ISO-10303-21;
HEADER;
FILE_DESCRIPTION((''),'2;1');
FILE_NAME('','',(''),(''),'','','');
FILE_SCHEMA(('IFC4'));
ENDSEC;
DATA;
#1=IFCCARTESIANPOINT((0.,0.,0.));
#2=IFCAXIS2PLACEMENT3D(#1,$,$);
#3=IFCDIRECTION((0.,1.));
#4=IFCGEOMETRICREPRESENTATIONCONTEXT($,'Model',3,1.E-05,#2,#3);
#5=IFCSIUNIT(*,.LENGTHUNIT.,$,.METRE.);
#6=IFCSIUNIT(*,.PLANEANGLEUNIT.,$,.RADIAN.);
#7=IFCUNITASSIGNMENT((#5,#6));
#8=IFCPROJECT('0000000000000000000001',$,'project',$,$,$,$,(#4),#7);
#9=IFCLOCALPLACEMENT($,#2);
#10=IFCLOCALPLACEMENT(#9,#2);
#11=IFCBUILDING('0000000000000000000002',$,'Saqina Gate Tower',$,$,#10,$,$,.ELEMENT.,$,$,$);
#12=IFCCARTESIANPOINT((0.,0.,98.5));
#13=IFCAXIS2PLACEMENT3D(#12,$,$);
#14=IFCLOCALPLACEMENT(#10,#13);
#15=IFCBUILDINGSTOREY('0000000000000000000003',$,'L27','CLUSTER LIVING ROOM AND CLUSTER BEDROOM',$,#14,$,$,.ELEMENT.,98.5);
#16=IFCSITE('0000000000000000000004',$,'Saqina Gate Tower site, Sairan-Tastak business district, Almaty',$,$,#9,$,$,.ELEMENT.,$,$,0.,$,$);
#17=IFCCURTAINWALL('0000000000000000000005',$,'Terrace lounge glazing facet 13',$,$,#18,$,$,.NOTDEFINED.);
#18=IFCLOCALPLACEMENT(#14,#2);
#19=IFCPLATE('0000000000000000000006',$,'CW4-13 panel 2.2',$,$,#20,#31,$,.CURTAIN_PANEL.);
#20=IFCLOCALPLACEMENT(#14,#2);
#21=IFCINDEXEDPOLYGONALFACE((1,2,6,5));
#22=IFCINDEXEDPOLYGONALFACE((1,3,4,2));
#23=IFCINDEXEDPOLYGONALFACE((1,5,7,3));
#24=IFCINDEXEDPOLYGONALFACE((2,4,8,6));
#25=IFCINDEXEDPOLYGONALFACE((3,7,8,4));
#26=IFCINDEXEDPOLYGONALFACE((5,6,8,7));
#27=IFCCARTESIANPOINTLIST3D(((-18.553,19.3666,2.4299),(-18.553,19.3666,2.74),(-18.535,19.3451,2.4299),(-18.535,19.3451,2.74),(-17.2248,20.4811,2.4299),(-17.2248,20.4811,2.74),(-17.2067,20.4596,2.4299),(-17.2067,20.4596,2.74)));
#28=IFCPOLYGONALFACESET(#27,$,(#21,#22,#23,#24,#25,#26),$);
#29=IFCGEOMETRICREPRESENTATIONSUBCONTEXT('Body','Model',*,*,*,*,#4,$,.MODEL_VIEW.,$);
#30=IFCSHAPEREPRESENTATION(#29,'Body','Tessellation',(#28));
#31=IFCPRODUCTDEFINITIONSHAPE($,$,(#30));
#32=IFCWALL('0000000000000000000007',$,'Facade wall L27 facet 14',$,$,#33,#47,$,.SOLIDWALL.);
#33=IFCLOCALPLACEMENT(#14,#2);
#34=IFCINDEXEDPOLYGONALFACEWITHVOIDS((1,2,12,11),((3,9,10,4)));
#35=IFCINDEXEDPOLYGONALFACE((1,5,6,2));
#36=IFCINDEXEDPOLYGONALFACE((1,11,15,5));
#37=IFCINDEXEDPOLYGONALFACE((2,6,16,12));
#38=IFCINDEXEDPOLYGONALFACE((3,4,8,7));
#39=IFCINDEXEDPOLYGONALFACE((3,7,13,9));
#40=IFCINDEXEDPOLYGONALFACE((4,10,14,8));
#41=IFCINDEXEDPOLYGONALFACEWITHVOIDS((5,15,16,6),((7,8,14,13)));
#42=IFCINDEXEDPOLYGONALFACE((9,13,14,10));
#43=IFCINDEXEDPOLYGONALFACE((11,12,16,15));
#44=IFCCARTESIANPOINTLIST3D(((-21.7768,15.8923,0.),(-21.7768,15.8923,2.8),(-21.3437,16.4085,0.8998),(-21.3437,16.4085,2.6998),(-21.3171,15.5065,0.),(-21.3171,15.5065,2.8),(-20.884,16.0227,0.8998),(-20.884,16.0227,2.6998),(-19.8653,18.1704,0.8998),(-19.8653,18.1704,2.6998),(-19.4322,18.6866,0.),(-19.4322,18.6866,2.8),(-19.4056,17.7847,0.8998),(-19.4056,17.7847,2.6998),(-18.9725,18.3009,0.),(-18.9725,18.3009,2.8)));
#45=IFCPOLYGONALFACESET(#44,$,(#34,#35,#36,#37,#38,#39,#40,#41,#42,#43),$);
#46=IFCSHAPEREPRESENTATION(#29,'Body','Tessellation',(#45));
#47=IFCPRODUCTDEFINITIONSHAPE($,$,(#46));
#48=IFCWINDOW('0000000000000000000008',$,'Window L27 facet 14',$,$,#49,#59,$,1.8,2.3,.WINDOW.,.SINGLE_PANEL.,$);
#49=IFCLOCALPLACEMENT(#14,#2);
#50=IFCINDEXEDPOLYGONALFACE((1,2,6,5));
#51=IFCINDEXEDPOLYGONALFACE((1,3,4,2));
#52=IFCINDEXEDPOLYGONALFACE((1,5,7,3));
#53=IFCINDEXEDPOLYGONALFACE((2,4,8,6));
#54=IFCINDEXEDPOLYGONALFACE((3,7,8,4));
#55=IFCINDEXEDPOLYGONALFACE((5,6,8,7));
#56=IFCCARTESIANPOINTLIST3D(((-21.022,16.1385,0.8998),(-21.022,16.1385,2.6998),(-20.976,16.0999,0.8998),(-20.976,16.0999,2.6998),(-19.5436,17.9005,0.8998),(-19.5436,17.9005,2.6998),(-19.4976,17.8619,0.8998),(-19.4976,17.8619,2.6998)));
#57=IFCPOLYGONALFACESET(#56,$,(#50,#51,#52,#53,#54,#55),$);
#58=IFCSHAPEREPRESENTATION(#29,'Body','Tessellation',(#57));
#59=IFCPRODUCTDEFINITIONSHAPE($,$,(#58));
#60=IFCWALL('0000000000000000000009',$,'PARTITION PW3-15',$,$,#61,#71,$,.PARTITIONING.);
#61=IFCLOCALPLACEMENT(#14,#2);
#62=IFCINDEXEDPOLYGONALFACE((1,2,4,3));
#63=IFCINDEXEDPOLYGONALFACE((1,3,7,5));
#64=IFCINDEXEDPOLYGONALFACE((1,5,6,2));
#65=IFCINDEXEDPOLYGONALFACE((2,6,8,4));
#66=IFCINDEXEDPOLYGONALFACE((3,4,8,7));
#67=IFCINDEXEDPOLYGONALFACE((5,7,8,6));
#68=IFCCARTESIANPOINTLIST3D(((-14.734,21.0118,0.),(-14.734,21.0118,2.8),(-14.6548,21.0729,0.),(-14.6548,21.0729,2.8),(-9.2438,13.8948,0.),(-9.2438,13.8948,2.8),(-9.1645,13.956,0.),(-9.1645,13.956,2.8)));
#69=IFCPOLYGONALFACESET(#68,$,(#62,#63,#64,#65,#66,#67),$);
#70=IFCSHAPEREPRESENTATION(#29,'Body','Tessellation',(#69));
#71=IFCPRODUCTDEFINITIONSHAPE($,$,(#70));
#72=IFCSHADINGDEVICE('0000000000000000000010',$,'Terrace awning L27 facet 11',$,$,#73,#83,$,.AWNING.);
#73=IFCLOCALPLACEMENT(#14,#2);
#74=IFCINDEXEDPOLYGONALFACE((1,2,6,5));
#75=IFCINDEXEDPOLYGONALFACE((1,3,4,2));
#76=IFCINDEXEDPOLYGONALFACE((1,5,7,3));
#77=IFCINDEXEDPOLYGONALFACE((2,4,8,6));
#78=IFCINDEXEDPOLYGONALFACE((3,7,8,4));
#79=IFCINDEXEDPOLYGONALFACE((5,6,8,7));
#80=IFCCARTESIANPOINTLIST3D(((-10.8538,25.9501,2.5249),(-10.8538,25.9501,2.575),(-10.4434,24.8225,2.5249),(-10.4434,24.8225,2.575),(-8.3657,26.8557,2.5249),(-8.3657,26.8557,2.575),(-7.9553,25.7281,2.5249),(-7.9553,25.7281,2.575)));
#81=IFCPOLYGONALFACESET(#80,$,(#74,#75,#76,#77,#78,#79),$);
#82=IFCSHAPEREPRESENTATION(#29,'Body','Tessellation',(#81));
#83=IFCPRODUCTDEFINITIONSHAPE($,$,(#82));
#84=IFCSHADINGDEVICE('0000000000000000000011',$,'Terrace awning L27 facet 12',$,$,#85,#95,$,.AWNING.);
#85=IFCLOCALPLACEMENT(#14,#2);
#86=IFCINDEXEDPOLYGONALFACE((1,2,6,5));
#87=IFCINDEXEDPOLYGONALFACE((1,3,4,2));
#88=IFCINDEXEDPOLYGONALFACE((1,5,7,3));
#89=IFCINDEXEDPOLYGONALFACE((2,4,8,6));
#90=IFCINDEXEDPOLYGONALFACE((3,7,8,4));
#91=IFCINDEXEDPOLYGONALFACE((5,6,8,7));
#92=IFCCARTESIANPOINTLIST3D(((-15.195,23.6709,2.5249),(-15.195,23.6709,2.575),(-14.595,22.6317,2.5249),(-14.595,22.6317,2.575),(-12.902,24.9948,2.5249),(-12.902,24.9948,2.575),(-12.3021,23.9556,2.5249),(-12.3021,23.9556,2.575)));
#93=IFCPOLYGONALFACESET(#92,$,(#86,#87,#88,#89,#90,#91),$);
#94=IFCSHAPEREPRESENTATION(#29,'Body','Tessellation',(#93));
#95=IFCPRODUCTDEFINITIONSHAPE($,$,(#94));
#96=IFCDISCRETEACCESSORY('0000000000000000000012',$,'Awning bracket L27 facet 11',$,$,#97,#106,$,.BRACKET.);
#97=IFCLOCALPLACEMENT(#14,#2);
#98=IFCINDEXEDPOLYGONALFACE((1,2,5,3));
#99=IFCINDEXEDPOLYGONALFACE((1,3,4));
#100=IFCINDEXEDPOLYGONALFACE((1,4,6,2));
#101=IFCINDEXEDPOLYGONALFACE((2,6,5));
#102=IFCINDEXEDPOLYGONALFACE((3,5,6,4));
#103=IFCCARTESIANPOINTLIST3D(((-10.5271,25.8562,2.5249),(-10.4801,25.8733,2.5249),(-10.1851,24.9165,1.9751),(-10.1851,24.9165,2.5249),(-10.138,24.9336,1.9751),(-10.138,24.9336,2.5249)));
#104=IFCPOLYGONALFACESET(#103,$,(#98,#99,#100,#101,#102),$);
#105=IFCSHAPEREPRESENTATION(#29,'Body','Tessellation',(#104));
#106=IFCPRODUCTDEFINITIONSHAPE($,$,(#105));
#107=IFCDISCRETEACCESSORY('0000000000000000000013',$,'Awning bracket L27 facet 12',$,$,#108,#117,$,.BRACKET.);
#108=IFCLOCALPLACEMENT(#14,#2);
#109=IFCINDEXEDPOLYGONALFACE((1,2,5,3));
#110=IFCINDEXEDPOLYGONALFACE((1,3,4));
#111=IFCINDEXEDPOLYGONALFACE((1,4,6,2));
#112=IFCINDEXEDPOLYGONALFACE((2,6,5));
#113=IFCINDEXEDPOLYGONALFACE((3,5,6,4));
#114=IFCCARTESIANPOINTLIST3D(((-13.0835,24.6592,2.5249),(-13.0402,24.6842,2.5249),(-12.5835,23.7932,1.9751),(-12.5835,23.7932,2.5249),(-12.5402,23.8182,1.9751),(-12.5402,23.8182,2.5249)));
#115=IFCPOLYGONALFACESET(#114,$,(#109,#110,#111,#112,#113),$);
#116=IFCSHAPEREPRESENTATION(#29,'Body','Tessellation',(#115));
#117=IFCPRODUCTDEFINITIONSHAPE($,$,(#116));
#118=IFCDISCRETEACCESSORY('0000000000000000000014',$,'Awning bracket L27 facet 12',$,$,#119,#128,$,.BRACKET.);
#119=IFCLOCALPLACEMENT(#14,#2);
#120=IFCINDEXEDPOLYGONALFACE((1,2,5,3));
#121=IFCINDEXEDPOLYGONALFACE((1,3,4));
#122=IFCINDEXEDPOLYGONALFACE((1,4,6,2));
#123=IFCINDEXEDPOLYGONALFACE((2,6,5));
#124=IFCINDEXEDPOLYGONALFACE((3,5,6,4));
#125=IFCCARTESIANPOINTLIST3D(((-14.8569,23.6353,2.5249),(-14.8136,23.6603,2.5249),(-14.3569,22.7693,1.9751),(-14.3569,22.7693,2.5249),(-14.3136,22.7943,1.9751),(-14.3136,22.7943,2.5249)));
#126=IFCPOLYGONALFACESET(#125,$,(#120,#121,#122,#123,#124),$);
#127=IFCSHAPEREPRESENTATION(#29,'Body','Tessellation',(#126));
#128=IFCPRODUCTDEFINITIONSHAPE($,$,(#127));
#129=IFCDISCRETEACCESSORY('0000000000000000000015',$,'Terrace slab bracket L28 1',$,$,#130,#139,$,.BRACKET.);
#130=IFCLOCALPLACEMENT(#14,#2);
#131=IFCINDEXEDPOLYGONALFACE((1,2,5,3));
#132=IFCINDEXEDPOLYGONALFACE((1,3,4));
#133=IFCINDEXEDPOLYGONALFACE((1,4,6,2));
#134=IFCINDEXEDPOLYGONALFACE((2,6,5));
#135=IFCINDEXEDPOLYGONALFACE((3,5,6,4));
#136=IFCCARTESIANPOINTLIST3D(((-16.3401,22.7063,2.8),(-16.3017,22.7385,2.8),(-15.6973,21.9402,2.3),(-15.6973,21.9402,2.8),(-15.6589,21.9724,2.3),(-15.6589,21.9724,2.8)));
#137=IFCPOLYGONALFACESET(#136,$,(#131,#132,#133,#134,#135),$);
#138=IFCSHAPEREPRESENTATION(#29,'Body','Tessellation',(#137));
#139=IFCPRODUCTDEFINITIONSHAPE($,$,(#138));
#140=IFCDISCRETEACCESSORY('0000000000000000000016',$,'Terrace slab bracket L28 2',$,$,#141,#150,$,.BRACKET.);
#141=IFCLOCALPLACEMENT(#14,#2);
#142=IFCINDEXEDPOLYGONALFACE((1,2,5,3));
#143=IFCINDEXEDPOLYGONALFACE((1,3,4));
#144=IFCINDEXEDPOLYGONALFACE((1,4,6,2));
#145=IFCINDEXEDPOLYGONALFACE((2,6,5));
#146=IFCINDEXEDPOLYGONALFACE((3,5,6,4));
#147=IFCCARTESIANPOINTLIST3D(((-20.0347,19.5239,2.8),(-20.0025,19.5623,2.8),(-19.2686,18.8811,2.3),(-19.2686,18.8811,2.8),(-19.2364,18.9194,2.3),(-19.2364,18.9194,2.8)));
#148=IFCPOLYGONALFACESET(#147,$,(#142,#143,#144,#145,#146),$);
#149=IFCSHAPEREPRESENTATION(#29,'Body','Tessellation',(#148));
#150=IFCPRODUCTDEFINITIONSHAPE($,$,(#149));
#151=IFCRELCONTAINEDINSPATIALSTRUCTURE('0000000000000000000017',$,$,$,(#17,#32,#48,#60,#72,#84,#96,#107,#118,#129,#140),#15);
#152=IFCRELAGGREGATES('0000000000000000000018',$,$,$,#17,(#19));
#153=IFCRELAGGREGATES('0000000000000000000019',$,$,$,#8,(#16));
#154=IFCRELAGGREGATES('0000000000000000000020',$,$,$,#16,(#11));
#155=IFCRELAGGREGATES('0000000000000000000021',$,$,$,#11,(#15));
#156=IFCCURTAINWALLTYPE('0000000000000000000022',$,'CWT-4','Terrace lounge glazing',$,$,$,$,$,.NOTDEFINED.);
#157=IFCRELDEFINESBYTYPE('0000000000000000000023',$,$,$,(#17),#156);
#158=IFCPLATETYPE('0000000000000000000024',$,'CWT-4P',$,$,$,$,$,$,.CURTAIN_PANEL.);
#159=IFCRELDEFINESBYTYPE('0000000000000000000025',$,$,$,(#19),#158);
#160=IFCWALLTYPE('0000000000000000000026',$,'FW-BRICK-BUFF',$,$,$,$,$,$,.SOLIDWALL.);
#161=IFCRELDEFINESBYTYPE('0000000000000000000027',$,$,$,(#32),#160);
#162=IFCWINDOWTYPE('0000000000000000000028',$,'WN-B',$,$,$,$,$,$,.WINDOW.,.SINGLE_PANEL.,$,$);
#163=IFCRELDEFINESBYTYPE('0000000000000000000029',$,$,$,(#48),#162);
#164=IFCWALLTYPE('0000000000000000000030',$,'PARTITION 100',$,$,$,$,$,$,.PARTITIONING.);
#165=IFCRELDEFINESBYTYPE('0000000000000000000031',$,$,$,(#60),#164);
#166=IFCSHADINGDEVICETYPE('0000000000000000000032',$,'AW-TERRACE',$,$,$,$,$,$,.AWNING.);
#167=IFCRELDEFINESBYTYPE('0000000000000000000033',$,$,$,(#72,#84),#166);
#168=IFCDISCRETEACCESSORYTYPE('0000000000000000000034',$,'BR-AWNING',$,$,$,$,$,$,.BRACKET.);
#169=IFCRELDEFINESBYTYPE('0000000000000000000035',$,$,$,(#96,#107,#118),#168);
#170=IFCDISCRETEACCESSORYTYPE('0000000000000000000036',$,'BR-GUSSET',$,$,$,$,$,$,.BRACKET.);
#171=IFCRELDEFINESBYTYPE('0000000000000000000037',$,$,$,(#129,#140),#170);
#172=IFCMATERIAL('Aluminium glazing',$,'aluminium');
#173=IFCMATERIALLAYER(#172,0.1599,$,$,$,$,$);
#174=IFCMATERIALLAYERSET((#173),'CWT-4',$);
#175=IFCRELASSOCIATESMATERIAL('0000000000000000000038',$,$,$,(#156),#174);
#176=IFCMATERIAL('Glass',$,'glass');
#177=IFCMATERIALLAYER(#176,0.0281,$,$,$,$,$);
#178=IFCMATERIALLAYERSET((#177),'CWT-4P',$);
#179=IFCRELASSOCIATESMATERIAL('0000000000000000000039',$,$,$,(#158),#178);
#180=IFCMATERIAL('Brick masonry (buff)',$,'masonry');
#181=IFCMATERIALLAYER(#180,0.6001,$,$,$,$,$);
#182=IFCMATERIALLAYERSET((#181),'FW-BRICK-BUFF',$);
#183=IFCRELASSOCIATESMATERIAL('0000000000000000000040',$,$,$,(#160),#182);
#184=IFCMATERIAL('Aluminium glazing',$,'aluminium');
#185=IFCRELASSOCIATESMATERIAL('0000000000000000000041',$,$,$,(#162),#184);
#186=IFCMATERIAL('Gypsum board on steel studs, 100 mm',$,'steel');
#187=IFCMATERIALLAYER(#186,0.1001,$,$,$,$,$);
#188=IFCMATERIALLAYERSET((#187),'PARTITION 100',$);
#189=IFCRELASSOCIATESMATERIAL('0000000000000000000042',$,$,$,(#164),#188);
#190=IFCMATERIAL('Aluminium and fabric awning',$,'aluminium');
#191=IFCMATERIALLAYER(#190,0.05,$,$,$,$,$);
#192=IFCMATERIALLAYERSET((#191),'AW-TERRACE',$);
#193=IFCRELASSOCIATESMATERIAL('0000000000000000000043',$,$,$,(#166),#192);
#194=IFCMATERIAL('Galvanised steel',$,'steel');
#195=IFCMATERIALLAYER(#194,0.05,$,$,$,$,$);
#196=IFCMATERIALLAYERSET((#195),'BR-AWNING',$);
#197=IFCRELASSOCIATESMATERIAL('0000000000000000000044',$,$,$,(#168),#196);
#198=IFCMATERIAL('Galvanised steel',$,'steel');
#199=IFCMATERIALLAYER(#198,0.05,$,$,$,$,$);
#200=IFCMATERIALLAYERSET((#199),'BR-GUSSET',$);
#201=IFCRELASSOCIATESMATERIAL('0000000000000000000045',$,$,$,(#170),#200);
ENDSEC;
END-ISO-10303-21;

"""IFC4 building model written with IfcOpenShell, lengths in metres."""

from ifc_helpers import new_model, si_unit, direction, frame, frame_2d, origin, origin_2d, place, context, subcontext, project, spatial, polyline, rectangle, outline, extrude, material, layer, layer_set, type_object, element, fill, aggregate, save


model = new_model("IFC4")

# Units and contexts
model_context = context("Model", 3, precision=1e-05, world=origin(), true_north=direction((0.0, 1.0)))
body_context = subcontext(model_context, "Body", "Model", "MODEL_VIEW")
ifc_project = project(units=[si_unit("LENGTHUNIT", "METRE"), si_unit("PLANEANGLEUNIT", "RADIAN")], contexts=[model_context])

# Site, building, storey
site_placement = place(None, origin())
site = spatial("IfcSite", under=ifc_project, at=site_placement, Name="Saqina Gate Tower site, Sairan-Tastak business district, Almaty", CompositionType="ELEMENT", RefElevation=0.0)
building_placement = place(site_placement, origin())
building = spatial("IfcBuilding", under=site, at=building_placement, Name="Saqina Gate Tower", CompositionType="ELEMENT")
storey_placement = place(building_placement, frame((0.0, 0.0, 98.5)))
storey = spatial("IfcBuildingStorey", under=building, at=storey_placement, Name="L27", Description="CLUSTER LIVING ROOM AND CLUSTER BEDROOM", CompositionType="ELEMENT", Elevation=98.5)

# Curtain wall, plate
ifc_material_1 = material(Name="Aluminium glazing", Category="aluminium")
ifc_layer_1 = layer(ifc_material_1, 0.1599)
ifc_layer_set_1 = layer_set([ifc_layer_1], Name="CWT-4")
curtain_wall_type = type_object("IfcCurtainWallType", Name="CWT-4", Description="Terrace lounge glazing", PredefinedType="NOTDEFINED", material=ifc_layer_set_1)
curtain_wall_placement = place(storey_placement, origin())
curtain_wall = element("IfcCurtainWall", 1, at=curtain_wall_placement, inside=storey, type_object=curtain_wall_type, Name="Terrace lounge glazing facet 13", PredefinedType="NOTDEFINED")
ifc_material_2 = material(Name="Glass", Category="glass")
ifc_layer_2 = layer(ifc_material_2, 0.0281)
ifc_layer_set_2 = layer_set([ifc_layer_2], Name="CWT-4P")
plate_type = type_object("IfcPlateType", Name="CWT-4P", PredefinedType="CURTAIN_PANEL", material=ifc_layer_set_2)
plate_1_placement = place(storey_placement, frame((-17.8799, 19.9131, 2.4299), z_axis=(0.0, 0.0, 1.0), x_axis=(-0.766042, -0.642791, 0.0)))
plate_1 = element("IfcPlate", 2, at=plate_1_placement, type_object=plate_type, Name="CW4-13 panel 2.2", PredefinedType="CURTAIN_PANEL", context=body_context, shape_type="SweptSolid", body=[
    extrude(rectangle(XDim=1.7339, YDim=0.0281, at=origin_2d()), origin(), (0.0, 0.0, 1.0), 0.3101),
])
aggregate(curtain_wall, [plate_1])

# Shared definitions
ifc_material_3 = material(Name="Brick masonry (buff)", Category="masonry")
ifc_layer_3 = layer(ifc_material_3, 0.6001)
ifc_layer_set_3 = layer_set([ifc_layer_3], Name="FW-BRICK-BUFF")
wall_type_1 = type_object("IfcWallType", Name="FW-BRICK-BUFF", PredefinedType="SOLIDWALL", material=ifc_layer_set_3)

# Wall, opening, window
wall_1_placement = place(storey_placement, frame((-19.2024, 18.4937, 0.0), z_axis=(0.0, 0.0, 1.0), x_axis=(-0.642774, -0.766055, 0.0)))
wall_1 = element("IfcWall", 3, at=wall_1_placement, inside=storey, type_object=wall_type_1, Name="Facade wall L27 facet 14", PredefinedType="SOLIDWALL", context=body_context, shape_type="SweptSolid", body=[
    extrude(rectangle(XDim=3.6477, YDim=0.6001, at=frame_2d((1.8237, 0.0))), origin(), (0.0, 0.0, 1.0), 2.8),
])
opening_1_placement = place(wall_1_placement, frame((0.6738, 0.0, 0.8999)))
opening_1 = element("IfcOpeningElement", 4, at=opening_1_placement, cuts=wall_1, PredefinedType="OPENING", context=body_context, shape_type="SweptSolid", body=[
    extrude(rectangle(XDim=2.3, YDim=1.8, at=frame_2d((1.1499, 0.8999))), frame((0.0, 0.312, 0.0), z_axis=(0.0, -1.0, 0.0), x_axis=(1.0, 0.0, 0.0)), (0.0, 0.0, 1.0), 0.624),
])
ifc_material_4 = material(Name="Aluminium glazing", Category="aluminium")
window_type = type_object("IfcWindowType", Name="WN-B", PartitioningType="SINGLE_PANEL", PredefinedType="WINDOW", material=ifc_material_4)
window_placement = place(opening_1_placement, origin())
window = element("IfcWindow", 5, at=window_placement, inside=storey, type_object=window_type, Name="Window L27 facet 14", OverallHeight=1.8, OverallWidth=2.3, PartitioningType="SINGLE_PANEL", PredefinedType="WINDOW", context=body_context, shape_type="SweptSolid", body=[
    extrude(rectangle(XDim=2.3, YDim=1.8, at=frame_2d((1.1499, 0.8999))), frame((0.0, 0.1799, 0.0), z_axis=(0.0, -1.0, 0.0), x_axis=(1.0, 0.0, 0.0)), (0.0, 0.0, 1.0), 0.0601),
])
fill(opening_1, window)

# Wall
ifc_material_5 = material(Name="Gypsum board on steel studs, 100 mm", Category="steel")
ifc_layer_4 = layer(ifc_material_5, 0.1001)
ifc_layer_set_4 = layer_set([ifc_layer_4], Name="PARTITION 100")
wall_type_2 = type_object("IfcWallType", Name="PARTITION 100", PredefinedType="PARTITIONING", material=ifc_layer_set_4)
wall_2_placement = place(storey_placement, frame((-14.6943, 21.0422, 0.0), z_axis=(0.0, 0.0, 1.0), x_axis=(0.610805, -0.791781, 0.0)))
element("IfcWall", 6, at=wall_2_placement, inside=storey, type_object=wall_type_2, Name="PARTITION PW3-15", PredefinedType="PARTITIONING", context=body_context, shape_type="SweptSolid", body=[
    extrude(rectangle(XDim=8.9885, YDim=0.1001, at=frame_2d((4.4941, 0.0))), origin(), (0.0, 0.0, 1.0), 2.8),
])

# Shading devices
ifc_material_6 = material(Name="Aluminium and fabric awning", Category="aluminium")
ifc_layer_5 = layer(ifc_material_6, 0.05)
ifc_layer_set_5 = layer_set([ifc_layer_5], Name="AW-TERRACE")
shading_device_type = type_object("IfcShadingDeviceType", Name="AW-TERRACE", PredefinedType="AWNING", material=ifc_layer_set_5)
for number, where, z_axis, x_axis, name in (
    (7, (-9.4045, 25.8391, 2.5249), (0.0, 0.0, 1.0), (-0.939693, -0.34202, 0.0), "Terrace awning L27 facet 11"),
    (8, (-13.7485, 23.8132, 2.5249), (0.0, 0.0, 1.0), (-0.866025, -0.5, 0.0), "Terrace awning L27 facet 12"),
):
    element("IfcShadingDevice", number, at=place(storey_placement, frame(where, z_axis=z_axis, x_axis=x_axis)), inside=storey, type_object=shading_device_type, Name=name, PredefinedType="AWNING", context=body_context, shape_type="SweptSolid", body=[
        extrude(rectangle(XDim=2.6477, YDim=1.2, at=origin_2d()), origin(), (0.0, 0.0, 1.0), 0.05),
    ])

# Discrete accessories
ifc_material_7 = material(Name="Galvanised steel", Category="steel")
ifc_layer_6 = layer(ifc_material_7, 0.05)
ifc_layer_set_6 = layer_set([ifc_layer_6], Name="BR-AWNING")
discrete_accessory_type_1 = type_object("IfcDiscreteAccessoryType", Name="BR-AWNING", PredefinedType="BRACKET", material=ifc_layer_set_6)
discrete_accessory_placement = place(storey_placement, frame((-10.1851, 24.9165, 1.9751), z_axis=(-0.939686, -0.342037, 0.0), x_axis=(0.0, 0.0, 1.0)))
element("IfcDiscreteAccessory", 9, at=discrete_accessory_placement, inside=storey, type_object=discrete_accessory_type_1, Name="Awning bracket L27 facet 11", PredefinedType="BRACKET", context=body_context, shape_type="SweptSolid", body=[
    extrude(outline(polyline([(0.0, 0.0), (0.5498, 0.0), (0.5498, 1.0), (0.0, 0.0)])), origin(), (0.0, 0.0, -1.0), 0.05),
])
for number, where, z_axis, x_axis, name in (
    (10, (-12.5835, 23.7932, 1.9751), (-0.866011, -0.500025, 0.0), (0.0, 0.0, 1.0), "Awning bracket L27 facet 12"),
    (11, (-14.3569, 22.7693, 1.9751), (-0.866011, -0.500025, 0.0), (0.0, 0.0, 1.0), "Awning bracket L27 facet 12"),
):
    element("IfcDiscreteAccessory", number, at=place(storey_placement, frame(where, z_axis=z_axis, x_axis=x_axis)), inside=storey, type_object=discrete_accessory_type_1, Name=name, PredefinedType="BRACKET", context=body_context, shape_type="SweptSolid", body=[
        extrude(outline(polyline([(0.0, 0.0), (0.5498, 0.0), (0.5498, 0.9999), (0.0, 0.0)])), origin(), (0.0, 0.0, -1.0), 0.05),
    ])
ifc_material_8 = material(Name="Galvanised steel", Category="steel")
ifc_layer_7 = layer(ifc_material_8, 0.05)
ifc_layer_set_7 = layer_set([ifc_layer_7], Name="BR-GUSSET")
discrete_accessory_type_2 = type_object("IfcDiscreteAccessoryType", Name="BR-GUSSET", PredefinedType="BRACKET", material=ifc_layer_set_7)
for number, where, z_axis, x_axis, name in (
    (12, (-15.6973, 21.9402, 2.3), (-0.766056, -0.642774, 0.0), (0.0, 0.0, 1.0), "Terrace slab bracket L28 1"),
    (13, (-19.2686, 18.8811, 2.3), (-0.642774, -0.766056, 0.0), (0.0, 0.0, 1.0), "Terrace slab bracket L28 2"),
):
    element("IfcDiscreteAccessory", number, at=place(storey_placement, frame(where, z_axis=z_axis, x_axis=x_axis)), inside=storey, type_object=discrete_accessory_type_2, Name=name, PredefinedType="BRACKET", context=body_context, shape_type="SweptSolid", body=[
        extrude(outline(polyline([(0.0, 0.0), (0.5, 0.0), (0.5, 1.0001), (0.0, 0.0)])), origin(), (0.0, 0.0, -1.0), 0.05),
    ])

save(model, "model.ifc")
